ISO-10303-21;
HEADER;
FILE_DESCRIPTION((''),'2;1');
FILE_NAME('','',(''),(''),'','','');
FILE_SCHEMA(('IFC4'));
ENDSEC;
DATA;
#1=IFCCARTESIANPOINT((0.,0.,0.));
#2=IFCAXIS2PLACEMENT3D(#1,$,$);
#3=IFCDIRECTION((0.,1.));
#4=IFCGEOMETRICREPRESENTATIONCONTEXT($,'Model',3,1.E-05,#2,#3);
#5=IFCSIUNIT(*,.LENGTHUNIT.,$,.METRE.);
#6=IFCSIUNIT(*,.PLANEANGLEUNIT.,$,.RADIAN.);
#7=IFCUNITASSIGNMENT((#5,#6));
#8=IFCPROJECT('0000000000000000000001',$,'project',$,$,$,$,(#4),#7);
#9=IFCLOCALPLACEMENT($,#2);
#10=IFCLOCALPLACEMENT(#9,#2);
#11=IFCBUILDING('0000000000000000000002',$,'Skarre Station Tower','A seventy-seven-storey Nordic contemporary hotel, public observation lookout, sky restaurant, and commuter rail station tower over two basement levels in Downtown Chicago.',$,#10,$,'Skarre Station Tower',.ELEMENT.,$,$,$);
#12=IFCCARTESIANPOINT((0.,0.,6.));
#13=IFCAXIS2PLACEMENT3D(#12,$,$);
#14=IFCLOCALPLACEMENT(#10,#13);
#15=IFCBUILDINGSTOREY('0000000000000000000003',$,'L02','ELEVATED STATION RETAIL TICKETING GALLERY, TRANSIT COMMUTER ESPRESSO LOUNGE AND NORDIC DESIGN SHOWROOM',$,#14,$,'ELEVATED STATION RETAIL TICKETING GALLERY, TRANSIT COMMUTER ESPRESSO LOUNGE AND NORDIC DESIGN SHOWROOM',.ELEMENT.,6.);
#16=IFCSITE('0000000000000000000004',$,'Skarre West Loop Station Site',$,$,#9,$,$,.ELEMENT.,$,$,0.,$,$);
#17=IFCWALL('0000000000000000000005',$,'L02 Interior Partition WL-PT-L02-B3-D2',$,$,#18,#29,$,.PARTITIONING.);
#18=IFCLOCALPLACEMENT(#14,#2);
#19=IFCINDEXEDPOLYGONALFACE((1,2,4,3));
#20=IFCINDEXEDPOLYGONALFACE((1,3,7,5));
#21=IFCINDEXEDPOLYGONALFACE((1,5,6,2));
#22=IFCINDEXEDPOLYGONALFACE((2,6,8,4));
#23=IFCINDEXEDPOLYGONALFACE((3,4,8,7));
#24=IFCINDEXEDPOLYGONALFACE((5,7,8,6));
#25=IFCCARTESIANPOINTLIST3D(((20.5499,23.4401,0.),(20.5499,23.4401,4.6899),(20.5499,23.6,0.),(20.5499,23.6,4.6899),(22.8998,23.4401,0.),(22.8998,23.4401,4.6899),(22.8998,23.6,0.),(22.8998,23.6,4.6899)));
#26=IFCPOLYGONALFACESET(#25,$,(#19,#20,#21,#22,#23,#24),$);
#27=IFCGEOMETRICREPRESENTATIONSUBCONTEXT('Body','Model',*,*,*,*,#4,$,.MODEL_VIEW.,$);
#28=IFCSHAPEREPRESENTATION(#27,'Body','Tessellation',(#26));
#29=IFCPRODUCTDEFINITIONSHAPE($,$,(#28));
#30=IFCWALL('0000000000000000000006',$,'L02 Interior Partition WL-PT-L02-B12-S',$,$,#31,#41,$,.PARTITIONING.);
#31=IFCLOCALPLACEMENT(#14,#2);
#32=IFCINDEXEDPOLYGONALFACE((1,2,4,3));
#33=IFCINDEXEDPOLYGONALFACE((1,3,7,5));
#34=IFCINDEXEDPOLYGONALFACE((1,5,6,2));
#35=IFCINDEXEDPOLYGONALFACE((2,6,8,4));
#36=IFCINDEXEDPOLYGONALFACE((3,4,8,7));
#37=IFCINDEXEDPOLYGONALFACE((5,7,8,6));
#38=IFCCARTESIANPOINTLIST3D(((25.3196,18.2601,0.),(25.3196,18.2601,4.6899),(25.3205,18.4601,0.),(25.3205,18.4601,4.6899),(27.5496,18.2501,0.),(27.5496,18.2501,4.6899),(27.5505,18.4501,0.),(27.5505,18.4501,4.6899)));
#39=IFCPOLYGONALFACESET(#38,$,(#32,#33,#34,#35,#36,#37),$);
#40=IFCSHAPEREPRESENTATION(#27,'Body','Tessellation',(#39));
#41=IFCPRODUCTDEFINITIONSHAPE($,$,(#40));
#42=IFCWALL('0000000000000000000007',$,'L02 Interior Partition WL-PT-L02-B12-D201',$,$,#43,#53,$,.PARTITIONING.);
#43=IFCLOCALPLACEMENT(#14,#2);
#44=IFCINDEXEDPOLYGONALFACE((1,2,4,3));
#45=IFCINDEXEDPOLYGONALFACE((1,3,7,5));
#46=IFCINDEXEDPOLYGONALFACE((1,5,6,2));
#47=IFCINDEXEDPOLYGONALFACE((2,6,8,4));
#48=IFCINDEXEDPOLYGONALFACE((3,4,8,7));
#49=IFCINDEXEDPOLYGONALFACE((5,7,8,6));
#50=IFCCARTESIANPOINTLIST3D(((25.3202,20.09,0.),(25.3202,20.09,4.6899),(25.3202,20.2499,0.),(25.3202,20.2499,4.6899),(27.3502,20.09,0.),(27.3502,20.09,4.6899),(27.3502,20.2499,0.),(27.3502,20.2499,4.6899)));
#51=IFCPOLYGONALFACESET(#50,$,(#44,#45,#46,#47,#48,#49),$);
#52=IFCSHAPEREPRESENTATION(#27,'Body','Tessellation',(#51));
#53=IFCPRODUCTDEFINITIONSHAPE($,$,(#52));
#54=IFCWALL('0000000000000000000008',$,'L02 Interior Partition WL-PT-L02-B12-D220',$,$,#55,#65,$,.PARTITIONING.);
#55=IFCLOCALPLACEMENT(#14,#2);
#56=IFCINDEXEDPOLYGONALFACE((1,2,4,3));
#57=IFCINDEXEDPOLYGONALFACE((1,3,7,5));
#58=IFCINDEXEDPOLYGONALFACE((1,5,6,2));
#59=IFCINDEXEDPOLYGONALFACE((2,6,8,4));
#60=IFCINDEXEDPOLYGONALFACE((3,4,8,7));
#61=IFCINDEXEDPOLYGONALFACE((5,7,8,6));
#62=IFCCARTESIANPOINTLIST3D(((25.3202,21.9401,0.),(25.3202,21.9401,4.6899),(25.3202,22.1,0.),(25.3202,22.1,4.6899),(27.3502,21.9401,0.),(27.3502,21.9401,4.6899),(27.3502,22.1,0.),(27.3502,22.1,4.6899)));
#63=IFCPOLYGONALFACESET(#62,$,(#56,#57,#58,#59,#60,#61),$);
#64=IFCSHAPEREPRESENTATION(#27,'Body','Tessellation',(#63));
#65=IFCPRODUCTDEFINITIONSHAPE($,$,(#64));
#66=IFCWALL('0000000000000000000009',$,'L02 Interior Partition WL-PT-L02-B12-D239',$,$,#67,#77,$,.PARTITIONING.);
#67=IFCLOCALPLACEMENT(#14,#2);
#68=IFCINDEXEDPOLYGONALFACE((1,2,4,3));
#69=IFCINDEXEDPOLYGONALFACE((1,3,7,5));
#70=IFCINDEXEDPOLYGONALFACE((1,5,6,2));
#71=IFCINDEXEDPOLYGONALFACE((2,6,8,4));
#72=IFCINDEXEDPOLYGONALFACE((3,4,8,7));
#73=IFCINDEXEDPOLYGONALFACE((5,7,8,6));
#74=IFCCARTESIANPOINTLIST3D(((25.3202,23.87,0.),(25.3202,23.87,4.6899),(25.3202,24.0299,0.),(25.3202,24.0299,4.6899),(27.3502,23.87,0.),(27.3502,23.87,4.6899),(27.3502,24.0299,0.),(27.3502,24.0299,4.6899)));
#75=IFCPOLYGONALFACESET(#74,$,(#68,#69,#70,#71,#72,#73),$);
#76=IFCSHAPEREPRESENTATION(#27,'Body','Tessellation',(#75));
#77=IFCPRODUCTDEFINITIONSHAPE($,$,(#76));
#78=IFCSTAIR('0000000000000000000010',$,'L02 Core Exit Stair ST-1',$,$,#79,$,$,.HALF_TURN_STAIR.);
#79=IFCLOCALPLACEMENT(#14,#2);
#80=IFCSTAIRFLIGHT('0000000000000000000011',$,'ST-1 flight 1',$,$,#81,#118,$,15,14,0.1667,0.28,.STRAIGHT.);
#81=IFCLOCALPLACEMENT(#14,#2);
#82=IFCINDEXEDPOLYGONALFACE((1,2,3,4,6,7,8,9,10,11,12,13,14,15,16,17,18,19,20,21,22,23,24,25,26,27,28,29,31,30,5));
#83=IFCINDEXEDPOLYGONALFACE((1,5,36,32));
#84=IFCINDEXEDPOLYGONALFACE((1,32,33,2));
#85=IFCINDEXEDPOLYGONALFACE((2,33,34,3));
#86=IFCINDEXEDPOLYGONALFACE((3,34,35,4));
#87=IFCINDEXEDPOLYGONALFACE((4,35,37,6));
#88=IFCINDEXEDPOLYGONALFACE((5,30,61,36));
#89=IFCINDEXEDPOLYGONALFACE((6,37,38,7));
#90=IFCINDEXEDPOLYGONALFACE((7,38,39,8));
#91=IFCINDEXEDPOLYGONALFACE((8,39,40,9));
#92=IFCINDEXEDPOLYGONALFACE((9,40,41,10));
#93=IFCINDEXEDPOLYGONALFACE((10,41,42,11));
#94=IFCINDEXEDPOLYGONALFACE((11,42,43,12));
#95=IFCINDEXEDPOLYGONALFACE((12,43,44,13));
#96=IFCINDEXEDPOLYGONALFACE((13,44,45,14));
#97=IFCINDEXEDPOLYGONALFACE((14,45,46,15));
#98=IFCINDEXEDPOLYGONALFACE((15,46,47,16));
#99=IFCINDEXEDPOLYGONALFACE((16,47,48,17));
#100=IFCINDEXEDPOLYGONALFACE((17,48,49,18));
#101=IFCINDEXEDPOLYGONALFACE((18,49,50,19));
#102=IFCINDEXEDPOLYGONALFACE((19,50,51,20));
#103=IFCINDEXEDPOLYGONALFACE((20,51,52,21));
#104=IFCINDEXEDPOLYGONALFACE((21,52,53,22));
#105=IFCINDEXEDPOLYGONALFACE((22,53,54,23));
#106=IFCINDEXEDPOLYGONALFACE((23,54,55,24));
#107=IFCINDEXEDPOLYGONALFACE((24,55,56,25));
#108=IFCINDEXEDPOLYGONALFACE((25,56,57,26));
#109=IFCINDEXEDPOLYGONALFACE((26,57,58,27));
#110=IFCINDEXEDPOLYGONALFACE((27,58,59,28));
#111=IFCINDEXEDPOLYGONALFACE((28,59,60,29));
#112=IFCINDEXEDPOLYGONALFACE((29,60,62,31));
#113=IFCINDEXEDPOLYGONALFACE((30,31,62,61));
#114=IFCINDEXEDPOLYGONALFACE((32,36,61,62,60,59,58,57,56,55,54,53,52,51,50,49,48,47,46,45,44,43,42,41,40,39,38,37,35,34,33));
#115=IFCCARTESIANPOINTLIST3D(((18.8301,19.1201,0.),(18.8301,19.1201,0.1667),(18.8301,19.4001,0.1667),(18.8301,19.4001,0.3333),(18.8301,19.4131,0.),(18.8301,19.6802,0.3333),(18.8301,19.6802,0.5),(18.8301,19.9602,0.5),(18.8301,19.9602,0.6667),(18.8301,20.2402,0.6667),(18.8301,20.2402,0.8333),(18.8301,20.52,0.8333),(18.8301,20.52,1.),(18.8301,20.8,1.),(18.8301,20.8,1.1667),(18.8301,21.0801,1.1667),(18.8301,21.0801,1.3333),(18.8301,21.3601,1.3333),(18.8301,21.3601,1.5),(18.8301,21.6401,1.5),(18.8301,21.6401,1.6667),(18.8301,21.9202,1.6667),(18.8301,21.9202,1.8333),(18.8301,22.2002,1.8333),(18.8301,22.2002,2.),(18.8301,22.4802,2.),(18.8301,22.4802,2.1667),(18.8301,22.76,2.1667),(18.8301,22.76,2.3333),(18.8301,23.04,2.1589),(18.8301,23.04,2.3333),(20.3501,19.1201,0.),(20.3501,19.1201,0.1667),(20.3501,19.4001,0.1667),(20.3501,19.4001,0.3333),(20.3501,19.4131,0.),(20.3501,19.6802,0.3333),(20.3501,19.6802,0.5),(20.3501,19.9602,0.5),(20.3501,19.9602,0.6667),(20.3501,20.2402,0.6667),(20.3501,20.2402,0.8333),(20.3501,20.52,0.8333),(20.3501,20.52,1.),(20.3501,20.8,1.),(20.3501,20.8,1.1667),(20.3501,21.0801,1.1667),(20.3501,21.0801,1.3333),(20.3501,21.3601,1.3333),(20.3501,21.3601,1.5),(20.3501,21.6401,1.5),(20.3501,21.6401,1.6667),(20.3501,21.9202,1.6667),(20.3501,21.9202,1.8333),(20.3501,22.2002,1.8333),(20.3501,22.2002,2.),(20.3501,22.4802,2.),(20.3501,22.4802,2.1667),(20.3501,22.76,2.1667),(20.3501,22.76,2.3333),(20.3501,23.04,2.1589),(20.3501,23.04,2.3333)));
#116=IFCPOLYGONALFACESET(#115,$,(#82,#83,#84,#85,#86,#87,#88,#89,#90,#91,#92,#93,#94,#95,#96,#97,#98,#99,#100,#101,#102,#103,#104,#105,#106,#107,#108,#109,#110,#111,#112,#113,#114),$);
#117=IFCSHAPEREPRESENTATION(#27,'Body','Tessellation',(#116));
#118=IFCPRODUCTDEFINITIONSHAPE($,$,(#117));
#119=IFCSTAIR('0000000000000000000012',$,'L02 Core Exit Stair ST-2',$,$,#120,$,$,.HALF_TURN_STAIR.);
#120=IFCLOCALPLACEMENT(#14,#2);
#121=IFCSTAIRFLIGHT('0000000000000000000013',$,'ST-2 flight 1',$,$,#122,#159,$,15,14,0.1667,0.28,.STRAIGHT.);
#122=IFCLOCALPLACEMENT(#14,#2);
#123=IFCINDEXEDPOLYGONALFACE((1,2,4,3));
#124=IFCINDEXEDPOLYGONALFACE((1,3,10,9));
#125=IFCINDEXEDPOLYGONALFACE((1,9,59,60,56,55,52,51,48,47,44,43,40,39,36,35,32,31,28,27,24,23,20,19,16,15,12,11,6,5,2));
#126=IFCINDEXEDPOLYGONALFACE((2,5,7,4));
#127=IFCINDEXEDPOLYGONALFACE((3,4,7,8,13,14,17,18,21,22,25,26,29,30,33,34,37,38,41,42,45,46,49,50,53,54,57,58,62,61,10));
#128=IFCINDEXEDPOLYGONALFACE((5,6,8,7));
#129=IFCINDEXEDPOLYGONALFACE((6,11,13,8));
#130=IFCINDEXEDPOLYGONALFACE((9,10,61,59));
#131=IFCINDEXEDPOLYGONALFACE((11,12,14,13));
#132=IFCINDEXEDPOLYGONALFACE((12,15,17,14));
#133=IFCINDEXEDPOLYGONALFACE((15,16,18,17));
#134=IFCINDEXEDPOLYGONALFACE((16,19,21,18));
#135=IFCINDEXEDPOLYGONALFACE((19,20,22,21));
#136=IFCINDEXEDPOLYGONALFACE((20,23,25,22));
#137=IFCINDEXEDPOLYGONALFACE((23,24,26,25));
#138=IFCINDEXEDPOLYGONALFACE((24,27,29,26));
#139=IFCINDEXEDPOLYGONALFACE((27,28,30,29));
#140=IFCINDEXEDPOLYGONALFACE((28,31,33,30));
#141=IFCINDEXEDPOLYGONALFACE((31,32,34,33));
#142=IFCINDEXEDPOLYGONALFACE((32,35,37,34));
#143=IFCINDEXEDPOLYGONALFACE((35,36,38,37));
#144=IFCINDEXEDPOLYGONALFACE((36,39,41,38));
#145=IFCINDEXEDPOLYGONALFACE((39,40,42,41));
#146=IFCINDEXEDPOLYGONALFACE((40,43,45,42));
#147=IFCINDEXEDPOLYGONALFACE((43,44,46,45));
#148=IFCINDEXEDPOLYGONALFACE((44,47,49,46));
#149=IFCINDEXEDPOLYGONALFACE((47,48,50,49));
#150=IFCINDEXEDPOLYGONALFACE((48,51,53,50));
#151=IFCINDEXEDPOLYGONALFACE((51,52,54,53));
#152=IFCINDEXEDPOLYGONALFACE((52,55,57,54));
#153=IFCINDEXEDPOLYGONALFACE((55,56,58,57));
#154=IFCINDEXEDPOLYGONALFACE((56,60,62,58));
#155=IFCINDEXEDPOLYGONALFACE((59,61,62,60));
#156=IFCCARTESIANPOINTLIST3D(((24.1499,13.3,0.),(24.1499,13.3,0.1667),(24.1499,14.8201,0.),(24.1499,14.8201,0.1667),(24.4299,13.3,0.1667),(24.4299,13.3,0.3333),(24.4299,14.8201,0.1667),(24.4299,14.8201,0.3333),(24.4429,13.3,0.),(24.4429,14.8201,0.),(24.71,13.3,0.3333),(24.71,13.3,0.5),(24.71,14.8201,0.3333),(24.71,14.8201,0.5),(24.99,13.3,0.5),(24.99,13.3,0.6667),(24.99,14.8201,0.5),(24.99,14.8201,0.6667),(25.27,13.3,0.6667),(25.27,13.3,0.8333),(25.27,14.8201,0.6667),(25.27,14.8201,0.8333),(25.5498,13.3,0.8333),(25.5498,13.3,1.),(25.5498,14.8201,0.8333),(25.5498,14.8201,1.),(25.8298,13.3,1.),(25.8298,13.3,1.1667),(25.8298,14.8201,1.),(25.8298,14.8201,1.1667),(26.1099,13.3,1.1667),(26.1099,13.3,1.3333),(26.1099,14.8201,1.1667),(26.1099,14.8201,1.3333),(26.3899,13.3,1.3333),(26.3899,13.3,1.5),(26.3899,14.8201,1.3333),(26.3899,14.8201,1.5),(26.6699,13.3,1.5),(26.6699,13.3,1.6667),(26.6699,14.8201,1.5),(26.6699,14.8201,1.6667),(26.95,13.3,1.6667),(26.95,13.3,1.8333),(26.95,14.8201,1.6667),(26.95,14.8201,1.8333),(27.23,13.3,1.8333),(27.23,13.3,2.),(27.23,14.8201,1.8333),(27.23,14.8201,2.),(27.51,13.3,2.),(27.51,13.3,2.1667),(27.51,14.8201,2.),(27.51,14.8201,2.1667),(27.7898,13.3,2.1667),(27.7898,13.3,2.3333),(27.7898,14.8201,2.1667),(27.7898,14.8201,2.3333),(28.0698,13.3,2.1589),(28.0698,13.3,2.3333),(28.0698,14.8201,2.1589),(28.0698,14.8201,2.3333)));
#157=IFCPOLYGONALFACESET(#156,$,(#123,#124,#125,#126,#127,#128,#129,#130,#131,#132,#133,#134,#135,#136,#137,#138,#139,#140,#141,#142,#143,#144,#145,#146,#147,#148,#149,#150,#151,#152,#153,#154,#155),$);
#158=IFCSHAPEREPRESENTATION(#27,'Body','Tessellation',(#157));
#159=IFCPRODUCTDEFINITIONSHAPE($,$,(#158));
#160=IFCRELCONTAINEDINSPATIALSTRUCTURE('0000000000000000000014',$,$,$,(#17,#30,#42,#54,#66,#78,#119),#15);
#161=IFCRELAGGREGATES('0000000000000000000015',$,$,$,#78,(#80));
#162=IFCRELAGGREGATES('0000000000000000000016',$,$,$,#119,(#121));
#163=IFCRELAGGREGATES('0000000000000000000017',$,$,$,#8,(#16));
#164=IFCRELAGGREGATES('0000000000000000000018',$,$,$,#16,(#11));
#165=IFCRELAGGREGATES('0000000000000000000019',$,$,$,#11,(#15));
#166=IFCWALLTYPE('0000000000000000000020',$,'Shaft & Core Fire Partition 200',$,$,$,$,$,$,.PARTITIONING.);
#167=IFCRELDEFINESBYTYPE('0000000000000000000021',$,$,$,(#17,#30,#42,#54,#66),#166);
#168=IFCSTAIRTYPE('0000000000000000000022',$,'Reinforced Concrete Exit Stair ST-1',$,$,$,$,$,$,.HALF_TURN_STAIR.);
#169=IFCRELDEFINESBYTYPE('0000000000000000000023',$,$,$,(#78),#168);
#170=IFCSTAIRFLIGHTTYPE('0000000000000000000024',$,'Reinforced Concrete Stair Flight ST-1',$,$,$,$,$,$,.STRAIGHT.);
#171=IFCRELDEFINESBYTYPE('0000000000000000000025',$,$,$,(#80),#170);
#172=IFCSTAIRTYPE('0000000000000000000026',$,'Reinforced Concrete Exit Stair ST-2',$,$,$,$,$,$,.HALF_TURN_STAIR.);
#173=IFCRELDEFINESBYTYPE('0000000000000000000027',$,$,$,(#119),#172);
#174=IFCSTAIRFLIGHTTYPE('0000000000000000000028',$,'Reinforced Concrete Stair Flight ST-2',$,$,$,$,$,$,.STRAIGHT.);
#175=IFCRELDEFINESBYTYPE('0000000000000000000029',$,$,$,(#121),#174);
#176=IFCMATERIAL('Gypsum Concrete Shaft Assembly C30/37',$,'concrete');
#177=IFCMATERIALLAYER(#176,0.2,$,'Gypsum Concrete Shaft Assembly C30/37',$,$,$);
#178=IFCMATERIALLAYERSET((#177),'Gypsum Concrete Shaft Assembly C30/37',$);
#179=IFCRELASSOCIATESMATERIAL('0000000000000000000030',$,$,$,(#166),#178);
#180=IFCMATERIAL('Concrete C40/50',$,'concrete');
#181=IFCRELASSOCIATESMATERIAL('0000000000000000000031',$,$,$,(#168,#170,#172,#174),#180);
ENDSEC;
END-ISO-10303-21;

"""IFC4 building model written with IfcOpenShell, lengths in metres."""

from ifc_helpers import new_model, si_unit, direction, frame, frame_2d, origin, place, context, subcontext, project, spatial, polyline, rectangle, outline, extrude, material, layer, layer_set, type_object, element, aggregate, save


model = new_model("IFC4")

# Units and contexts
model_context = context("Model", 3, precision=1e-05, world=origin(), true_north=direction((0.0, 1.0)))
body_context = subcontext(model_context, "Body", "Model", "MODEL_VIEW")
ifc_project = project(units=[si_unit("LENGTHUNIT", "METRE"), si_unit("PLANEANGLEUNIT", "RADIAN")], contexts=[model_context])

# Site, building, storey
site_placement = place(None, origin())
site = spatial("IfcSite", under=ifc_project, at=site_placement, Name="Skarre West Loop Station Site", CompositionType="ELEMENT", RefElevation=0.0)
building_placement = place(site_placement, origin())
building = spatial("IfcBuilding", under=site, at=building_placement, Name="Skarre Station Tower", Description="A seventy-seven-storey Nordic contemporary hotel, public observation lookout, sky restaurant, and commuter rail station tower over two basement levels in Downtown Chicago.", LongName="Skarre Station Tower", CompositionType="ELEMENT")
storey_placement = place(building_placement, frame((0.0, 0.0, 6.0)))
storey = spatial("IfcBuildingStorey", under=building, at=storey_placement, Name="L02", Description="ELEVATED STATION RETAIL TICKETING GALLERY, TRANSIT COMMUTER ESPRESSO LOUNGE AND NORDIC DESIGN SHOWROOM", LongName="ELEVATED STATION RETAIL TICKETING GALLERY, TRANSIT COMMUTER ESPRESSO LOUNGE AND NORDIC DESIGN SHOWROOM", CompositionType="ELEMENT", Elevation=6.0)

# Walls
ifc_material_1 = material(Name="Gypsum Concrete Shaft Assembly C30/37", Category="concrete")
ifc_layer_1 = layer(ifc_material_1, 0.2, Name="Gypsum Concrete Shaft Assembly C30/37")
ifc_layer_set_1 = layer_set([ifc_layer_1], Name="Gypsum Concrete Shaft Assembly C30/37")
wall_type_1 = type_object("IfcWallType", Name="Shaft & Core Fire Partition 200", PredefinedType="PARTITIONING", material=ifc_layer_set_1)
for number, where, z_axis, x_axis, name in (
    (1, (20.55, 23.52, 0.0), (0.0, 0.0, 1.0), (1.0, 0.0, 0.0), "L02 Interior Partition WL-PT-L02-B3-D2"),
):
    element("IfcWall", number, at=place(storey_placement, frame(where, z_axis=z_axis, x_axis=x_axis)), inside=storey, type_object=wall_type_1, Name=name, PredefinedType="PARTITIONING", context=body_context, shape_type="SweptSolid", body=[
        extrude(rectangle(XDim=2.3499, YDim=0.1599, at=frame_2d((1.1748, 0.0))), origin(), (0.0, 0.0, 1.0), 4.6899),
    ])
wall_1_placement = place(storey_placement, frame((25.3201, 18.3601, 0.0), z_axis=(0.0, 0.0, 1.0), x_axis=(0.99999, -0.004489, 0.0)))
element("IfcWall", 2, at=wall_1_placement, inside=storey, type_object=wall_type_1, Name="L02 Interior Partition WL-PT-L02-B12-S", PredefinedType="PARTITIONING", context=body_context, shape_type="SweptSolid", body=[
    extrude(rectangle(XDim=2.23, YDim=0.2, at=frame_2d((1.115, 0.0))), origin(), (0.0, 0.0, 1.0), 4.6899),
])
for number, where, z_axis, x_axis, name in (
    (3, (25.3201, 20.1699, 0.0), (0.0, 0.0, 1.0), (1.0, 0.0, 0.0), "L02 Interior Partition WL-PT-L02-B12-D201"),
    (4, (25.3201, 22.02, 0.0), (0.0, 0.0, 1.0), (1.0, 0.0, 0.0), "L02 Interior Partition WL-PT-L02-B12-D220"),
    (5, (25.3201, 23.95, 0.0), (0.0, 0.0, 1.0), (1.0, 0.0, 0.0), "L02 Interior Partition WL-PT-L02-B12-D239"),
):
    element("IfcWall", number, at=place(storey_placement, frame(where, z_axis=z_axis, x_axis=x_axis)), inside=storey, type_object=wall_type_1, Name=name, PredefinedType="PARTITIONING", context=body_context, shape_type="SweptSolid", body=[
        extrude(rectangle(XDim=2.03, YDim=0.1599, at=frame_2d((1.0151, 0.0))), origin(), (0.0, 0.0, 1.0), 4.6899),
    ])

# Stair, stair flight
ifc_material_2 = material(Name="Concrete C40/50", Category="concrete")
stair_type_1 = type_object("IfcStairType", Name="Reinforced Concrete Exit Stair ST-1", PredefinedType="HALF_TURN_STAIR", material=ifc_material_2)
stair_1_placement = place(storey_placement, origin())
stair_1 = element("IfcStair", 6, at=stair_1_placement, inside=storey, type_object=stair_type_1, Name="L02 Core Exit Stair ST-1", PredefinedType="HALF_TURN_STAIR")
stair_flight_type_1 = type_object("IfcStairFlightType", Name="Reinforced Concrete Stair Flight ST-1", PredefinedType="STRAIGHT", material=ifc_material_2)
stair_flight_1_placement = place(storey_placement, frame((19.5901, 19.1201, 0.0), z_axis=(0.0, 0.0, 1.0), x_axis=(0.0, 1.0, 0.0)))
stair_flight_1 = element("IfcStairFlight", 7, at=stair_flight_1_placement, type_object=stair_flight_type_1, Name="ST-1 flight 1", NumberOfRisers=15, NumberOfTreads=14, PredefinedType="STRAIGHT", RiserHeight=0.1667, TreadLength=0.28, context=body_context, shape_type="SweptSolid", body=[
    extrude(outline(polyline([(0.0, 0.0), (0.0, 0.1667), (0.28, 0.1667), (0.28, 0.3333), (0.5601, 0.3333), (0.5601, 0.5), (0.8401, 0.5), (0.8401, 0.6667), (1.1201, 0.6667), (1.1201, 0.8333), (1.3999, 0.8333), (1.3999, 1.0), (1.6799, 1.0), (1.6799, 1.1667), (1.96, 1.1667), (1.96, 1.3333), (2.24, 1.3333), (2.24, 1.5), (2.52, 1.5), (2.52, 1.6667), (2.8, 1.6667), (2.8, 1.8333), (3.0801, 1.8333), (3.0801, 2.0), (3.3601, 2.0), (3.3601, 2.1667), (3.6399, 2.1667), (3.6399, 2.3333), (3.9199, 2.3333), (3.9199, 2.5), (3.9199, 2.1589), (0.293, 0.0), (0.0, 0.0)])), frame((0.0, 0.76, 0.0), z_axis=(0.0, -1.0, 0.0), x_axis=(1.0, 0.0, 0.0)), (0.0, 0.0, 1.0), 1.52),
])
aggregate(stair_1, [stair_flight_1])

# Stair, stair flight
stair_type_2 = type_object("IfcStairType", Name="Reinforced Concrete Exit Stair ST-2", PredefinedType="HALF_TURN_STAIR", material=ifc_material_2)
stair_2_placement = place(storey_placement, origin())
stair_2 = element("IfcStair", 8, at=stair_2_placement, inside=storey, type_object=stair_type_2, Name="L02 Core Exit Stair ST-2", PredefinedType="HALF_TURN_STAIR")
stair_flight_type_2 = type_object("IfcStairFlightType", Name="Reinforced Concrete Stair Flight ST-2", PredefinedType="STRAIGHT", material=ifc_material_2)
stair_flight_2_placement = place(storey_placement, frame((24.1499, 14.0601, 0.0), z_axis=(0.0, 0.0, 1.0), x_axis=(1.0, 0.0, 0.0)))
stair_flight_2 = element("IfcStairFlight", 9, at=stair_flight_2_placement, type_object=stair_flight_type_2, Name="ST-2 flight 1", NumberOfRisers=15, NumberOfTreads=14, PredefinedType="STRAIGHT", RiserHeight=0.1667, TreadLength=0.28, context=body_context, shape_type="SweptSolid", body=[
    extrude(outline(polyline([(0.0, 0.0), (0.0, 0.1667), (0.28, 0.1667), (0.28, 0.3333), (0.5601, 0.3333), (0.5601, 0.5), (0.8401, 0.5), (0.8401, 0.6667), (1.1201, 0.6667), (1.1201, 0.8333), (1.3999, 0.8333), (1.3999, 1.0), (1.6799, 1.0), (1.6799, 1.1667), (1.96, 1.1667), (1.96, 1.3333), (2.24, 1.3333), (2.24, 1.5), (2.52, 1.5), (2.52, 1.6667), (2.8, 1.6667), (2.8, 1.8333), (3.0801, 1.8333), (3.0801, 2.0), (3.3601, 2.0), (3.3601, 2.1667), (3.6399, 2.1667), (3.6399, 2.3333), (3.9199, 2.3333), (3.9199, 2.5), (3.9199, 2.1589), (0.293, 0.0), (0.0, 0.0)])), frame((0.0, 0.76, 0.0), z_axis=(0.0, -1.0, 0.0), x_axis=(1.0, 0.0, 0.0)), (0.0, 0.0, 1.0), 1.52),
])
aggregate(stair_2, [stair_flight_2])

save(model, "model.ifc")
